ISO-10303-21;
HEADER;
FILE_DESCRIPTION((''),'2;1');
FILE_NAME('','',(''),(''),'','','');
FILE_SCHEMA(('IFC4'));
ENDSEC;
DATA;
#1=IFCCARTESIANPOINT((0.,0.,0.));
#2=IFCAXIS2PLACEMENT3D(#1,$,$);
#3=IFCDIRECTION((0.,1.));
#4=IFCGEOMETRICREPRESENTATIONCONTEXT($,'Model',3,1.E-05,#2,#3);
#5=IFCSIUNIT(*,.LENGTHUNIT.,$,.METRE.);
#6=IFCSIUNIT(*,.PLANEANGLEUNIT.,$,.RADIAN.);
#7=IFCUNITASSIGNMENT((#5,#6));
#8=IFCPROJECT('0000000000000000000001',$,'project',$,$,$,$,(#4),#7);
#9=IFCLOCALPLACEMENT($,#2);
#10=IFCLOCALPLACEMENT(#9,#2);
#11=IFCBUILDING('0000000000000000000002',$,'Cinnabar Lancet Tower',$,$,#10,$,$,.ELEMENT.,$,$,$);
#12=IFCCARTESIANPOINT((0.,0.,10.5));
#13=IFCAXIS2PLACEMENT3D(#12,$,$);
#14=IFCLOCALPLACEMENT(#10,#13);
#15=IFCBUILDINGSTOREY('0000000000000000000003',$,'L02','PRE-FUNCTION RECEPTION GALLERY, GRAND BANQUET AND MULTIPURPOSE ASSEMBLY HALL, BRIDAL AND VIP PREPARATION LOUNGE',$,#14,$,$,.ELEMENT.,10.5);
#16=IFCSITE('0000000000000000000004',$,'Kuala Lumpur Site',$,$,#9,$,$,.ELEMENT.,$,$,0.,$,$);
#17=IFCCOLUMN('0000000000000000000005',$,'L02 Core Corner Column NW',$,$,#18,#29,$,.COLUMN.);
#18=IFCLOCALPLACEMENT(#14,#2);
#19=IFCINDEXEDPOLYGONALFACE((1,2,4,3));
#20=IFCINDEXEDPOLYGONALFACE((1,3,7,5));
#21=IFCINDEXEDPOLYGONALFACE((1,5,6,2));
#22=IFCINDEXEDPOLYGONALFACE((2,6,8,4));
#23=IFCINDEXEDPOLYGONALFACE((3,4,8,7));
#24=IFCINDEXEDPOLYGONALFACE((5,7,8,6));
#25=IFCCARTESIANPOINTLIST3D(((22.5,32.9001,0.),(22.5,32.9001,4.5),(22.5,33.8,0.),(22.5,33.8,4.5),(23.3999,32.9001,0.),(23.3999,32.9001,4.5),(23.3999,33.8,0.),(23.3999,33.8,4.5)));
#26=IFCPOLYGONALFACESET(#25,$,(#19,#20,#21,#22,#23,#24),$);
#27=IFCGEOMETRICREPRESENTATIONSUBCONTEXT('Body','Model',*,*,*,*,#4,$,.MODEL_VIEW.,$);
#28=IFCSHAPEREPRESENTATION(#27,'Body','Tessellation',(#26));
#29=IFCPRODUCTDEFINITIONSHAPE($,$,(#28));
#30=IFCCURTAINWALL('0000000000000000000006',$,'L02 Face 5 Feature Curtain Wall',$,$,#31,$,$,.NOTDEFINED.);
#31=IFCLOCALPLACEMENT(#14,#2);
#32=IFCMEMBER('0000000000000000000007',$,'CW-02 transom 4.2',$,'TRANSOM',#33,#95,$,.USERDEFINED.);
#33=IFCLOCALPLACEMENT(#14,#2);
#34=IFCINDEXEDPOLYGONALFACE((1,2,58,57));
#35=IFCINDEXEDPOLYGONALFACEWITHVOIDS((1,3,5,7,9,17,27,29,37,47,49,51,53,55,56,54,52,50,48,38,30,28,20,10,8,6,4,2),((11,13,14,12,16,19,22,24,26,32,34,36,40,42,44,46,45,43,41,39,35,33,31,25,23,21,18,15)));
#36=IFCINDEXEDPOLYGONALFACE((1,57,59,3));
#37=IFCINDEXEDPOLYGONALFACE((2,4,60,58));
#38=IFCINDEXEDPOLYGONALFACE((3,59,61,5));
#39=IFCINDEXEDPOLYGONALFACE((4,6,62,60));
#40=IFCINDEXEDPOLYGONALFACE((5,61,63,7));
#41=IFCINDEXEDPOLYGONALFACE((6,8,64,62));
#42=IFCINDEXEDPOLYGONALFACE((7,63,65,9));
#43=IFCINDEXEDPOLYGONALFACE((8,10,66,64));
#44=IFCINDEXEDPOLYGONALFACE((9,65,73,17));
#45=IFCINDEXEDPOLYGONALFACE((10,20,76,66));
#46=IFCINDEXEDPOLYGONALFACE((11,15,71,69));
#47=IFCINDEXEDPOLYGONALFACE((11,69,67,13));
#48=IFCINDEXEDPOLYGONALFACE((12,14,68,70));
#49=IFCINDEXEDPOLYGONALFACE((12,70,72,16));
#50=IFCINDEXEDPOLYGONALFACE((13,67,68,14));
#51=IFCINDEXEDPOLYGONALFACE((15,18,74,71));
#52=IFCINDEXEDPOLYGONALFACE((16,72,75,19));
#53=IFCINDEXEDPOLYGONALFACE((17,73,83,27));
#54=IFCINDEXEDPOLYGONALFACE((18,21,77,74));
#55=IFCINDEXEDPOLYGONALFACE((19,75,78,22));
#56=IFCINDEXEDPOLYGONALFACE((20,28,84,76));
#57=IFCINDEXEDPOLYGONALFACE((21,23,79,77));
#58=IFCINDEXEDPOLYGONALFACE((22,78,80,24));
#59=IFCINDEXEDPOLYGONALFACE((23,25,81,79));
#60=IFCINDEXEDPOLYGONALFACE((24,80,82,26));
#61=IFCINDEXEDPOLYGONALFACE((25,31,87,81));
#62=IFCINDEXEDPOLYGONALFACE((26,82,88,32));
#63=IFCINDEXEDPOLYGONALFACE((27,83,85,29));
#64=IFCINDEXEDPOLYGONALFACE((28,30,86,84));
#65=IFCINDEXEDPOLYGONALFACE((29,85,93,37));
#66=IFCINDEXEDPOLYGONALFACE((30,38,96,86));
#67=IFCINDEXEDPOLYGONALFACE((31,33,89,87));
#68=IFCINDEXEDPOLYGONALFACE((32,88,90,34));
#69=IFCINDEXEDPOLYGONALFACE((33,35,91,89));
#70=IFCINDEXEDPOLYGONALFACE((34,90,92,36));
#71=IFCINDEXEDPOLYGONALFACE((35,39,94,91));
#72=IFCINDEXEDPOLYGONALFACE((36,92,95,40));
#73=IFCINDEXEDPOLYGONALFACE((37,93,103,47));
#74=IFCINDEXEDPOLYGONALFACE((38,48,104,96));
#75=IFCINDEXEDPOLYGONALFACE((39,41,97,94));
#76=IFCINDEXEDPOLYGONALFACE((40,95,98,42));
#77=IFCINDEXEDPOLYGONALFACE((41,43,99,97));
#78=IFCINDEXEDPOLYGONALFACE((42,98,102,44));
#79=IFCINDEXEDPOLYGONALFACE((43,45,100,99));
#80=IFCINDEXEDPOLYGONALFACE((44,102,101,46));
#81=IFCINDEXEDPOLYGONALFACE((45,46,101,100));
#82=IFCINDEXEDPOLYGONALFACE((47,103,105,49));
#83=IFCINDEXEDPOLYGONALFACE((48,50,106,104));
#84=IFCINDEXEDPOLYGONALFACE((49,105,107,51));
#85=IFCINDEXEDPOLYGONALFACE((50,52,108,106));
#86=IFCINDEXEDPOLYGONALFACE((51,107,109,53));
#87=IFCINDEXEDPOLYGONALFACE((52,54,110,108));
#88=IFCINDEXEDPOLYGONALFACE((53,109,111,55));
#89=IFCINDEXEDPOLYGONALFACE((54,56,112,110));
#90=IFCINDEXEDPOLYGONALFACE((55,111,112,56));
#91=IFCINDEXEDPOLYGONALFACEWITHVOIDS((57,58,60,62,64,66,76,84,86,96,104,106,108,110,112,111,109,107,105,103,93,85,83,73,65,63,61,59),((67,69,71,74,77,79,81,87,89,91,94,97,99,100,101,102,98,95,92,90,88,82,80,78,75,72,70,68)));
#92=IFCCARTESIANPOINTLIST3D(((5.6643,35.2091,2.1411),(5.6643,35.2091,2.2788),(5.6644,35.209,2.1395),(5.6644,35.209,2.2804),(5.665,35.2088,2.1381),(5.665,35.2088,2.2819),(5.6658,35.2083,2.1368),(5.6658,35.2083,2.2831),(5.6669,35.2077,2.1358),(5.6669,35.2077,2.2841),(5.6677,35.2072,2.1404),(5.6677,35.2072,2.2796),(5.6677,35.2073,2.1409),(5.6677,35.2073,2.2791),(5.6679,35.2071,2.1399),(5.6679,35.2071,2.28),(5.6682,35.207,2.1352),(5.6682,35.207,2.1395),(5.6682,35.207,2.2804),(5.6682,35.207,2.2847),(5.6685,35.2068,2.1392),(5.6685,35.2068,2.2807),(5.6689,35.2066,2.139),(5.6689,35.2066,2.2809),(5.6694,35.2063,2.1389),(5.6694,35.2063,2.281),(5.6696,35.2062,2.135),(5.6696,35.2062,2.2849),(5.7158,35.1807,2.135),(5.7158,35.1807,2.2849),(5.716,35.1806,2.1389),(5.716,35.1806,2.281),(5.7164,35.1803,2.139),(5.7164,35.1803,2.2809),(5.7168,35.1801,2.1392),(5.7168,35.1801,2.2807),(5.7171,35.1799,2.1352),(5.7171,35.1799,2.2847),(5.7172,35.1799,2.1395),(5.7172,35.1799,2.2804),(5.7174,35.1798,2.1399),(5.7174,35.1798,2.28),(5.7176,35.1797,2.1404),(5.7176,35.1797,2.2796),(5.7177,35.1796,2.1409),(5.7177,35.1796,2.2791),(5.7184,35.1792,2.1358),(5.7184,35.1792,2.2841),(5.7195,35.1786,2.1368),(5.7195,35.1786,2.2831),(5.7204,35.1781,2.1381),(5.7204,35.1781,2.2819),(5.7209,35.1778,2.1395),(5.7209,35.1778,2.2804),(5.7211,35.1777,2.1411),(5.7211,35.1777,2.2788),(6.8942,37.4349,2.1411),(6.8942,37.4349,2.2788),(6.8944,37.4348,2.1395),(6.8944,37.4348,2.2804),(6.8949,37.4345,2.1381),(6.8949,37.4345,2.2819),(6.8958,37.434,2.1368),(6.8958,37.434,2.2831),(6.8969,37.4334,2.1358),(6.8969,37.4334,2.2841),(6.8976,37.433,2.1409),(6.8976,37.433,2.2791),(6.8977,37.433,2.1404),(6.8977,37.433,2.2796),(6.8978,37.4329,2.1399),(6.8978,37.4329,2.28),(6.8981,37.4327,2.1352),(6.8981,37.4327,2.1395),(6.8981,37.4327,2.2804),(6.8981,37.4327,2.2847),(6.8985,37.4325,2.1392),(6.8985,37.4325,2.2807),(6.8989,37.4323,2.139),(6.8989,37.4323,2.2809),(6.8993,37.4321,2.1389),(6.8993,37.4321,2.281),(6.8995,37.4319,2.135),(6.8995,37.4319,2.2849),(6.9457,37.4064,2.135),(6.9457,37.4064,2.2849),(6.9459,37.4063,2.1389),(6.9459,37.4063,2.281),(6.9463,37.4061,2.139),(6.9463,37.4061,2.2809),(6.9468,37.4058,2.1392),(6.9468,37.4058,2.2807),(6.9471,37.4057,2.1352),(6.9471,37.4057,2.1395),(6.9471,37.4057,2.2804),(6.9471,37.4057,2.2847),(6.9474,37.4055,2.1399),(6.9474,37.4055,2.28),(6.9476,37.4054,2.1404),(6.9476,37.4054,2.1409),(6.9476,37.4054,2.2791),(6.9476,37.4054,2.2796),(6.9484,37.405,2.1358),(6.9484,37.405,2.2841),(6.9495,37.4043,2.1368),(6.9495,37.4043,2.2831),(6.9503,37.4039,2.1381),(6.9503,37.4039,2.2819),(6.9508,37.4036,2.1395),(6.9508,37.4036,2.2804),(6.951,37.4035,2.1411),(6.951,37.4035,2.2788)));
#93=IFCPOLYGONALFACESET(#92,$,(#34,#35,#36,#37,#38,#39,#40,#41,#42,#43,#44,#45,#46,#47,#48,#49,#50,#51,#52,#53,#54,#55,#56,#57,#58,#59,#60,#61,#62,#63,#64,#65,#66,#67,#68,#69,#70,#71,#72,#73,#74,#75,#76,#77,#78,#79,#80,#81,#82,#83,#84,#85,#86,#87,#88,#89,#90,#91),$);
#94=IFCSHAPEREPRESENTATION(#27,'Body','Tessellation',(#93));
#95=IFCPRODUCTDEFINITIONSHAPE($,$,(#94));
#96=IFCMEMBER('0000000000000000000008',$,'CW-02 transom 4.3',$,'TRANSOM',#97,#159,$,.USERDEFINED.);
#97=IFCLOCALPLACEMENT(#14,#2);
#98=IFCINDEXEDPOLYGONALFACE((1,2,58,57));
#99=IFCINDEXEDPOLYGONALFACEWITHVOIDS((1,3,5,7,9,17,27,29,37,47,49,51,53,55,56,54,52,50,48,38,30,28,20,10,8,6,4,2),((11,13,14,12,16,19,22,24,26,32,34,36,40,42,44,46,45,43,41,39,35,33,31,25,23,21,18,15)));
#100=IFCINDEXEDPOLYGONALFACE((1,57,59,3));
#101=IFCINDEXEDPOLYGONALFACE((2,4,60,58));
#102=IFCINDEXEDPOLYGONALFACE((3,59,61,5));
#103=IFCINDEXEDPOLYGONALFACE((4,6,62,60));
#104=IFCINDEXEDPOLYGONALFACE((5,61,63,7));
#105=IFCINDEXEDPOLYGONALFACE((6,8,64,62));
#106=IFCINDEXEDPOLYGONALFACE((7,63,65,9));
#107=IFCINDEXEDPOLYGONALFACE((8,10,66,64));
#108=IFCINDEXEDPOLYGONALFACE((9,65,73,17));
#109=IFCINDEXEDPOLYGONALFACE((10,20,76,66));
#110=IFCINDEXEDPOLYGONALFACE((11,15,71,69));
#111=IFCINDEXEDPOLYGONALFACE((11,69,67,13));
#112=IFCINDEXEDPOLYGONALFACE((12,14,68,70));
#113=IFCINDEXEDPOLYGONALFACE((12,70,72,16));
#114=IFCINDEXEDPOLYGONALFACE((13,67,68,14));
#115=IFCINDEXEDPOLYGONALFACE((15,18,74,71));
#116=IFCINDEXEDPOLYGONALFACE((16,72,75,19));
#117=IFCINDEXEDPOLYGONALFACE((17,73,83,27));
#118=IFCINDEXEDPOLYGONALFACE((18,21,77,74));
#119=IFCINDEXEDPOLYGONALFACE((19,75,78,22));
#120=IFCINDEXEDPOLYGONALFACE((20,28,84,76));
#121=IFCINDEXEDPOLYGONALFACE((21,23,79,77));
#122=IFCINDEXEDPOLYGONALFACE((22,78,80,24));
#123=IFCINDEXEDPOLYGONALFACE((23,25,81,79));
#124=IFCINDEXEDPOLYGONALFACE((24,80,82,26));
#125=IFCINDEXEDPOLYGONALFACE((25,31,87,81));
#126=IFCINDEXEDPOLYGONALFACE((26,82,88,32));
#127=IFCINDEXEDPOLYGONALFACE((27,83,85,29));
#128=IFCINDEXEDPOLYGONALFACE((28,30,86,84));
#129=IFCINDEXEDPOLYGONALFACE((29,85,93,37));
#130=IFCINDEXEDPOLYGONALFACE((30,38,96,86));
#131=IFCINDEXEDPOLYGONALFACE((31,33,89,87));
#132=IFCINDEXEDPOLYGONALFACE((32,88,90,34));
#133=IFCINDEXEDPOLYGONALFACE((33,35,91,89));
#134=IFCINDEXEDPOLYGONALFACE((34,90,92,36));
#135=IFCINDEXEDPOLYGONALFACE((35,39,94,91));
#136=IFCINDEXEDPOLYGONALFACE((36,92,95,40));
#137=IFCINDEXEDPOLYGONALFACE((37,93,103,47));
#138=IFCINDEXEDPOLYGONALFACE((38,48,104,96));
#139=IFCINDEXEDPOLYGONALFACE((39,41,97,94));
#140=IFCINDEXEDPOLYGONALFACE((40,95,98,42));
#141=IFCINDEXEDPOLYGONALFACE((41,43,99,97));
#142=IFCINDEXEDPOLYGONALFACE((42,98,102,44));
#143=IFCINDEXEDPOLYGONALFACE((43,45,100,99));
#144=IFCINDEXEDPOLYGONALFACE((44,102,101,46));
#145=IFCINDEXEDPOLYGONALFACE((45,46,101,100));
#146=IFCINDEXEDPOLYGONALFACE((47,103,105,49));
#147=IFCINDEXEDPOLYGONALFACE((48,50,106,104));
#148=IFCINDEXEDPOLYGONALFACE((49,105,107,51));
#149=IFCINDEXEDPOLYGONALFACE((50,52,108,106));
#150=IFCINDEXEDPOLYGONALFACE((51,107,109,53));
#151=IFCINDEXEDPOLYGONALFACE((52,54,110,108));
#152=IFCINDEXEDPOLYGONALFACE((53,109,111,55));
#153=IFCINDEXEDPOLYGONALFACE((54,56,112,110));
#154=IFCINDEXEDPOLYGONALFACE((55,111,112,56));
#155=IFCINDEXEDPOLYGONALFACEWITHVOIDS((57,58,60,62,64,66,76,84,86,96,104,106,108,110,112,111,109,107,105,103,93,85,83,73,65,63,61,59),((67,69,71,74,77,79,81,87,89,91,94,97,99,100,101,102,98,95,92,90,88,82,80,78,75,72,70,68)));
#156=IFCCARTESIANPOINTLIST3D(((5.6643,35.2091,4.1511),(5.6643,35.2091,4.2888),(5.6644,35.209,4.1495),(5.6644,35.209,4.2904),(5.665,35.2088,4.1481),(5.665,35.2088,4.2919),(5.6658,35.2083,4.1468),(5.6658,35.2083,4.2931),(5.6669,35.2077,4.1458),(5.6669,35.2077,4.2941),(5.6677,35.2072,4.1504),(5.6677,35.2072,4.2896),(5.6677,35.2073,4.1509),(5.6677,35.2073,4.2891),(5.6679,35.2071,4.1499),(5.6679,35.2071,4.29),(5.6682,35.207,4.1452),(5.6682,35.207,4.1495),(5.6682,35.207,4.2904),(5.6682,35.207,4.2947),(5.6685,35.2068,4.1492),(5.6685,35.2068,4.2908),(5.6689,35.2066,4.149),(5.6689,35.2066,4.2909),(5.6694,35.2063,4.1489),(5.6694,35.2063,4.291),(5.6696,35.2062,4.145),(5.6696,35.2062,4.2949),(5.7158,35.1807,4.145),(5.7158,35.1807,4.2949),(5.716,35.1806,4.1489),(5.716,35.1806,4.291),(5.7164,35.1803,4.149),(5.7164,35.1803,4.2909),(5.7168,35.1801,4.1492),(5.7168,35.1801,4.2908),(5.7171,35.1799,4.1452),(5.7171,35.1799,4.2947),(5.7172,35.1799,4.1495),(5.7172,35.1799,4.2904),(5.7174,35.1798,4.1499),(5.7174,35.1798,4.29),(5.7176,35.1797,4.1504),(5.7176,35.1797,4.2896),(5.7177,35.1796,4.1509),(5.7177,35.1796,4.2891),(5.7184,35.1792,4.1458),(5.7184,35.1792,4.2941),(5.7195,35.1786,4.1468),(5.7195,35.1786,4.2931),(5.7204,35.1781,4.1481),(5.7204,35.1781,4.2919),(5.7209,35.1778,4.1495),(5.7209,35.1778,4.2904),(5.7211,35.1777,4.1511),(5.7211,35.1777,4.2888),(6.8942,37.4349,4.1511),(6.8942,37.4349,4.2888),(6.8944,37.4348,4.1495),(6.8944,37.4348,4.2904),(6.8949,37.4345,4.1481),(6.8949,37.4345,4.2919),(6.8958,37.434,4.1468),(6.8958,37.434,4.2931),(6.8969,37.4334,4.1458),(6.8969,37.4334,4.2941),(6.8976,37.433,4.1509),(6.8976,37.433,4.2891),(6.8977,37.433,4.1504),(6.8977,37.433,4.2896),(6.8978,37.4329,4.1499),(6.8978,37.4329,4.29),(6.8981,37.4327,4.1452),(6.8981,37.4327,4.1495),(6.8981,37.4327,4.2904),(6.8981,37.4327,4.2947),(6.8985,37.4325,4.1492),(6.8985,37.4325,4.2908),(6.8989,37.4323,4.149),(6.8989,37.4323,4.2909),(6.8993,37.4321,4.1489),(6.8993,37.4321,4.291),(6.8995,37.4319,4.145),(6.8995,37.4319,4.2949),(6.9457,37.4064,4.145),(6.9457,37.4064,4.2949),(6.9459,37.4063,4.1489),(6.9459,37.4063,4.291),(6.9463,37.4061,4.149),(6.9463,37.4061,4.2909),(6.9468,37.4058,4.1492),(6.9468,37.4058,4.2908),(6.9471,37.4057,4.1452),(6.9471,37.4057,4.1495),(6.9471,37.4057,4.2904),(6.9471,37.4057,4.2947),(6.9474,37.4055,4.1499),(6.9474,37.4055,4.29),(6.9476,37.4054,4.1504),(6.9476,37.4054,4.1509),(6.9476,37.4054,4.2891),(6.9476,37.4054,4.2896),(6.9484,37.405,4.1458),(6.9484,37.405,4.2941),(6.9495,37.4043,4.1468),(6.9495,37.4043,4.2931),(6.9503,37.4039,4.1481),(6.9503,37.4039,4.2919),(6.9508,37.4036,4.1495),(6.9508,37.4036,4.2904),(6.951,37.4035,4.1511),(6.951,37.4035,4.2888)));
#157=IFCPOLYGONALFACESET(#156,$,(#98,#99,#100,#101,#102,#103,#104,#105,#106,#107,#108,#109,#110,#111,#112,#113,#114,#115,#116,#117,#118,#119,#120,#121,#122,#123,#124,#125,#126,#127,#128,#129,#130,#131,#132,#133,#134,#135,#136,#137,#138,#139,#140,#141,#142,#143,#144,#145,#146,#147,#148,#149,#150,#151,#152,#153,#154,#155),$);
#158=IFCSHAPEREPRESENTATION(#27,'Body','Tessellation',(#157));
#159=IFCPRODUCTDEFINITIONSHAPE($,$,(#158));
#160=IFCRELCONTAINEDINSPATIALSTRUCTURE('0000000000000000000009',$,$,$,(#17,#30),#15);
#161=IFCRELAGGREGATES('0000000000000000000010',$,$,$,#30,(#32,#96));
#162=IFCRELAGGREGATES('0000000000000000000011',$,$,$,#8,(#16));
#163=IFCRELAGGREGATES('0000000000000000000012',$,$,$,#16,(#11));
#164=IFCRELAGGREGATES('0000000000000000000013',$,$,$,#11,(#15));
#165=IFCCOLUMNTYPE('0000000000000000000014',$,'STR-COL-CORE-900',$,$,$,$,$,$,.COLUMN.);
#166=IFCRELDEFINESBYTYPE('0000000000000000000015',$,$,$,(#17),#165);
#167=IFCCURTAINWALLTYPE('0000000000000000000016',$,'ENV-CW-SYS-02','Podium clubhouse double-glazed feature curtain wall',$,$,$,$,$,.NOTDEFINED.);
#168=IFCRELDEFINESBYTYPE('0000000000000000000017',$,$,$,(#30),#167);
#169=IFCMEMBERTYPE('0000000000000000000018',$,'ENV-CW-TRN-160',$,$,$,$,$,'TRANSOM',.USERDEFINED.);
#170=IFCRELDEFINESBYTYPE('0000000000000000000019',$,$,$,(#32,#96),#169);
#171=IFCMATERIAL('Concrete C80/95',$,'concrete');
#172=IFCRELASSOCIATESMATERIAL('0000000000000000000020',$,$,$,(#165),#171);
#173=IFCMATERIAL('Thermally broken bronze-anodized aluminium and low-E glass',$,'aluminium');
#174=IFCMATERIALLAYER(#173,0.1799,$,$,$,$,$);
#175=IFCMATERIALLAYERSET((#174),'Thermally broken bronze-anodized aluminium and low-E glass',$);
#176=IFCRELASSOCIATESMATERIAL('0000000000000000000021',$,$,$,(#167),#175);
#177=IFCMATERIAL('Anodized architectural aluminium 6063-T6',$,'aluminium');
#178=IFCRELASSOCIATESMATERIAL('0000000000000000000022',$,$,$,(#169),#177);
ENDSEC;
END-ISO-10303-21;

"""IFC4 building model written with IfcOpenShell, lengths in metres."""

from ifc_helpers import new_model, si_unit, direction, frame, origin, origin_2d, place, context, subcontext, project, spatial, rectangle, hollow_rectangle, extrude, material, layer, layer_set, material_profile, profile_set, type_object, element, aggregate, save


model = new_model("IFC4")

# Units and contexts
model_context = context("Model", 3, precision=1e-05, world=origin(), true_north=direction((0.0, 1.0)))
body_context = subcontext(model_context, "Body", "Model", "MODEL_VIEW")
ifc_project = project(units=[si_unit("LENGTHUNIT", "METRE"), si_unit("PLANEANGLEUNIT", "RADIAN")], contexts=[model_context])

# Site, building, storey
site_placement = place(None, origin())
site = spatial("IfcSite", under=ifc_project, at=site_placement, Name="Kuala Lumpur Site", CompositionType="ELEMENT", RefElevation=0.0)
building_placement = place(site_placement, origin())
building = spatial("IfcBuilding", under=site, at=building_placement, Name="Cinnabar Lancet Tower", CompositionType="ELEMENT")
storey_placement = place(building_placement, frame((0.0, 0.0, 10.5)))
storey = spatial("IfcBuildingStorey", under=building, at=storey_placement, Name="L02", Description="PRE-FUNCTION RECEPTION GALLERY, GRAND BANQUET AND MULTIPURPOSE ASSEMBLY HALL, BRIDAL AND VIP PREPARATION LOUNGE", CompositionType="ELEMENT", Elevation=10.5)

# Column
ifc_material_1 = material(Name="Concrete C80/95", Category="concrete")
ifc_material_profile_1 = material_profile(ifc_material_1, rectangle(XDim=0.8999, YDim=0.8999, at=origin_2d()), Name="RC-COL 900x900")
ifc_profile_set_1 = profile_set([ifc_material_profile_1], Name="Concrete C80/95")
column_type = type_object("IfcColumnType", Name="STR-COL-CORE-900", PredefinedType="COLUMN", material=ifc_profile_set_1)
column_placement = place(storey_placement, frame((22.95, 33.3501, 0.0), z_axis=(0.0, 0.0, 1.0), x_axis=(1.0, 0.0, 0.0)))
element("IfcColumn", 1, at=column_placement, inside=storey, type_object=column_type, Name="L02 Core Corner Column NW", PredefinedType="COLUMN", context=body_context, shape_type="SweptSolid", body=[
    extrude(rectangle(XDim=0.8999, YDim=0.8999, at=origin_2d()), origin(), (0.0, 0.0, 1.0), 4.5),
])

# Curtain wall, members
ifc_material_2 = material(Name="Thermally broken bronze-anodized aluminium and low-E glass", Category="aluminium")
ifc_layer_1 = layer(ifc_material_2, 0.1799)
ifc_layer_set_1 = layer_set([ifc_layer_1], Name="Thermally broken bronze-anodized aluminium and low-E glass")
curtain_wall_type = type_object("IfcCurtainWallType", Name="ENV-CW-SYS-02", Description="Podium clubhouse double-glazed feature curtain wall", PredefinedType="NOTDEFINED", material=ifc_layer_set_1)
curtain_wall_placement = place(storey_placement, origin())
curtain_wall = element("IfcCurtainWall", 2, at=curtain_wall_placement, inside=storey, type_object=curtain_wall_type, Name="L02 Face 5 Feature Curtain Wall", PredefinedType="NOTDEFINED")
ifc_material_3 = material(Name="Anodized architectural aluminium 6063-T6", Category="aluminium")
ifc_material_profile_2 = material_profile(ifc_material_3, hollow_rectangle(XDim=0.0649, YDim=0.1499, WallThickness=0.0039, InnerFilletRadius=0.002, OuterFilletRadius=0.0061, at=origin_2d()), Name="CW-TRN 150x65x4")
ifc_profile_set_2 = profile_set([ifc_material_profile_2], Name="Anodized architectural aluminium 6063-T6")
member_type = type_object("IfcMemberType", Name="ENV-CW-TRN-160", ElementType="TRANSOM", PredefinedType="USERDEFINED", material=ifc_profile_set_2)
member_1_placement = place(storey_placement, frame((6.9226, 37.4192, 2.21), z_axis=(-0.483661, -0.875255, 0.0), x_axis=(0.875255, -0.483661, 0.0)))
member_1 = element("IfcMember", 3, at=member_1_placement, type_object=member_type, Name="CW-02 transom 4.2", ObjectType="TRANSOM", PredefinedType="USERDEFINED", context=body_context, shape_type="SweptSolid", body=[
    extrude(hollow_rectangle(XDim=0.0649, YDim=0.1499, WallThickness=0.0039, InnerFilletRadius=0.002, OuterFilletRadius=0.0061, at=origin_2d()), origin(), (0.0, 0.0, 1.0), 2.543),
])
member_2_placement = place(storey_placement, frame((6.9226, 37.4192, 4.22), z_axis=(-0.483661, -0.875255, 0.0), x_axis=(0.875255, -0.483661, 0.0)))
member_2 = element("IfcMember", 4, at=member_2_placement, type_object=member_type, Name="CW-02 transom 4.3", ObjectType="TRANSOM", PredefinedType="USERDEFINED", context=body_context, shape_type="SweptSolid", body=[
    extrude(hollow_rectangle(XDim=0.0649, YDim=0.1499, WallThickness=0.0039, InnerFilletRadius=0.002, OuterFilletRadius=0.0061, at=origin_2d()), origin(), (0.0, 0.0, 1.0), 2.543),
])
aggregate(curtain_wall, [member_1, member_2])

save(model, "model.ifc")
